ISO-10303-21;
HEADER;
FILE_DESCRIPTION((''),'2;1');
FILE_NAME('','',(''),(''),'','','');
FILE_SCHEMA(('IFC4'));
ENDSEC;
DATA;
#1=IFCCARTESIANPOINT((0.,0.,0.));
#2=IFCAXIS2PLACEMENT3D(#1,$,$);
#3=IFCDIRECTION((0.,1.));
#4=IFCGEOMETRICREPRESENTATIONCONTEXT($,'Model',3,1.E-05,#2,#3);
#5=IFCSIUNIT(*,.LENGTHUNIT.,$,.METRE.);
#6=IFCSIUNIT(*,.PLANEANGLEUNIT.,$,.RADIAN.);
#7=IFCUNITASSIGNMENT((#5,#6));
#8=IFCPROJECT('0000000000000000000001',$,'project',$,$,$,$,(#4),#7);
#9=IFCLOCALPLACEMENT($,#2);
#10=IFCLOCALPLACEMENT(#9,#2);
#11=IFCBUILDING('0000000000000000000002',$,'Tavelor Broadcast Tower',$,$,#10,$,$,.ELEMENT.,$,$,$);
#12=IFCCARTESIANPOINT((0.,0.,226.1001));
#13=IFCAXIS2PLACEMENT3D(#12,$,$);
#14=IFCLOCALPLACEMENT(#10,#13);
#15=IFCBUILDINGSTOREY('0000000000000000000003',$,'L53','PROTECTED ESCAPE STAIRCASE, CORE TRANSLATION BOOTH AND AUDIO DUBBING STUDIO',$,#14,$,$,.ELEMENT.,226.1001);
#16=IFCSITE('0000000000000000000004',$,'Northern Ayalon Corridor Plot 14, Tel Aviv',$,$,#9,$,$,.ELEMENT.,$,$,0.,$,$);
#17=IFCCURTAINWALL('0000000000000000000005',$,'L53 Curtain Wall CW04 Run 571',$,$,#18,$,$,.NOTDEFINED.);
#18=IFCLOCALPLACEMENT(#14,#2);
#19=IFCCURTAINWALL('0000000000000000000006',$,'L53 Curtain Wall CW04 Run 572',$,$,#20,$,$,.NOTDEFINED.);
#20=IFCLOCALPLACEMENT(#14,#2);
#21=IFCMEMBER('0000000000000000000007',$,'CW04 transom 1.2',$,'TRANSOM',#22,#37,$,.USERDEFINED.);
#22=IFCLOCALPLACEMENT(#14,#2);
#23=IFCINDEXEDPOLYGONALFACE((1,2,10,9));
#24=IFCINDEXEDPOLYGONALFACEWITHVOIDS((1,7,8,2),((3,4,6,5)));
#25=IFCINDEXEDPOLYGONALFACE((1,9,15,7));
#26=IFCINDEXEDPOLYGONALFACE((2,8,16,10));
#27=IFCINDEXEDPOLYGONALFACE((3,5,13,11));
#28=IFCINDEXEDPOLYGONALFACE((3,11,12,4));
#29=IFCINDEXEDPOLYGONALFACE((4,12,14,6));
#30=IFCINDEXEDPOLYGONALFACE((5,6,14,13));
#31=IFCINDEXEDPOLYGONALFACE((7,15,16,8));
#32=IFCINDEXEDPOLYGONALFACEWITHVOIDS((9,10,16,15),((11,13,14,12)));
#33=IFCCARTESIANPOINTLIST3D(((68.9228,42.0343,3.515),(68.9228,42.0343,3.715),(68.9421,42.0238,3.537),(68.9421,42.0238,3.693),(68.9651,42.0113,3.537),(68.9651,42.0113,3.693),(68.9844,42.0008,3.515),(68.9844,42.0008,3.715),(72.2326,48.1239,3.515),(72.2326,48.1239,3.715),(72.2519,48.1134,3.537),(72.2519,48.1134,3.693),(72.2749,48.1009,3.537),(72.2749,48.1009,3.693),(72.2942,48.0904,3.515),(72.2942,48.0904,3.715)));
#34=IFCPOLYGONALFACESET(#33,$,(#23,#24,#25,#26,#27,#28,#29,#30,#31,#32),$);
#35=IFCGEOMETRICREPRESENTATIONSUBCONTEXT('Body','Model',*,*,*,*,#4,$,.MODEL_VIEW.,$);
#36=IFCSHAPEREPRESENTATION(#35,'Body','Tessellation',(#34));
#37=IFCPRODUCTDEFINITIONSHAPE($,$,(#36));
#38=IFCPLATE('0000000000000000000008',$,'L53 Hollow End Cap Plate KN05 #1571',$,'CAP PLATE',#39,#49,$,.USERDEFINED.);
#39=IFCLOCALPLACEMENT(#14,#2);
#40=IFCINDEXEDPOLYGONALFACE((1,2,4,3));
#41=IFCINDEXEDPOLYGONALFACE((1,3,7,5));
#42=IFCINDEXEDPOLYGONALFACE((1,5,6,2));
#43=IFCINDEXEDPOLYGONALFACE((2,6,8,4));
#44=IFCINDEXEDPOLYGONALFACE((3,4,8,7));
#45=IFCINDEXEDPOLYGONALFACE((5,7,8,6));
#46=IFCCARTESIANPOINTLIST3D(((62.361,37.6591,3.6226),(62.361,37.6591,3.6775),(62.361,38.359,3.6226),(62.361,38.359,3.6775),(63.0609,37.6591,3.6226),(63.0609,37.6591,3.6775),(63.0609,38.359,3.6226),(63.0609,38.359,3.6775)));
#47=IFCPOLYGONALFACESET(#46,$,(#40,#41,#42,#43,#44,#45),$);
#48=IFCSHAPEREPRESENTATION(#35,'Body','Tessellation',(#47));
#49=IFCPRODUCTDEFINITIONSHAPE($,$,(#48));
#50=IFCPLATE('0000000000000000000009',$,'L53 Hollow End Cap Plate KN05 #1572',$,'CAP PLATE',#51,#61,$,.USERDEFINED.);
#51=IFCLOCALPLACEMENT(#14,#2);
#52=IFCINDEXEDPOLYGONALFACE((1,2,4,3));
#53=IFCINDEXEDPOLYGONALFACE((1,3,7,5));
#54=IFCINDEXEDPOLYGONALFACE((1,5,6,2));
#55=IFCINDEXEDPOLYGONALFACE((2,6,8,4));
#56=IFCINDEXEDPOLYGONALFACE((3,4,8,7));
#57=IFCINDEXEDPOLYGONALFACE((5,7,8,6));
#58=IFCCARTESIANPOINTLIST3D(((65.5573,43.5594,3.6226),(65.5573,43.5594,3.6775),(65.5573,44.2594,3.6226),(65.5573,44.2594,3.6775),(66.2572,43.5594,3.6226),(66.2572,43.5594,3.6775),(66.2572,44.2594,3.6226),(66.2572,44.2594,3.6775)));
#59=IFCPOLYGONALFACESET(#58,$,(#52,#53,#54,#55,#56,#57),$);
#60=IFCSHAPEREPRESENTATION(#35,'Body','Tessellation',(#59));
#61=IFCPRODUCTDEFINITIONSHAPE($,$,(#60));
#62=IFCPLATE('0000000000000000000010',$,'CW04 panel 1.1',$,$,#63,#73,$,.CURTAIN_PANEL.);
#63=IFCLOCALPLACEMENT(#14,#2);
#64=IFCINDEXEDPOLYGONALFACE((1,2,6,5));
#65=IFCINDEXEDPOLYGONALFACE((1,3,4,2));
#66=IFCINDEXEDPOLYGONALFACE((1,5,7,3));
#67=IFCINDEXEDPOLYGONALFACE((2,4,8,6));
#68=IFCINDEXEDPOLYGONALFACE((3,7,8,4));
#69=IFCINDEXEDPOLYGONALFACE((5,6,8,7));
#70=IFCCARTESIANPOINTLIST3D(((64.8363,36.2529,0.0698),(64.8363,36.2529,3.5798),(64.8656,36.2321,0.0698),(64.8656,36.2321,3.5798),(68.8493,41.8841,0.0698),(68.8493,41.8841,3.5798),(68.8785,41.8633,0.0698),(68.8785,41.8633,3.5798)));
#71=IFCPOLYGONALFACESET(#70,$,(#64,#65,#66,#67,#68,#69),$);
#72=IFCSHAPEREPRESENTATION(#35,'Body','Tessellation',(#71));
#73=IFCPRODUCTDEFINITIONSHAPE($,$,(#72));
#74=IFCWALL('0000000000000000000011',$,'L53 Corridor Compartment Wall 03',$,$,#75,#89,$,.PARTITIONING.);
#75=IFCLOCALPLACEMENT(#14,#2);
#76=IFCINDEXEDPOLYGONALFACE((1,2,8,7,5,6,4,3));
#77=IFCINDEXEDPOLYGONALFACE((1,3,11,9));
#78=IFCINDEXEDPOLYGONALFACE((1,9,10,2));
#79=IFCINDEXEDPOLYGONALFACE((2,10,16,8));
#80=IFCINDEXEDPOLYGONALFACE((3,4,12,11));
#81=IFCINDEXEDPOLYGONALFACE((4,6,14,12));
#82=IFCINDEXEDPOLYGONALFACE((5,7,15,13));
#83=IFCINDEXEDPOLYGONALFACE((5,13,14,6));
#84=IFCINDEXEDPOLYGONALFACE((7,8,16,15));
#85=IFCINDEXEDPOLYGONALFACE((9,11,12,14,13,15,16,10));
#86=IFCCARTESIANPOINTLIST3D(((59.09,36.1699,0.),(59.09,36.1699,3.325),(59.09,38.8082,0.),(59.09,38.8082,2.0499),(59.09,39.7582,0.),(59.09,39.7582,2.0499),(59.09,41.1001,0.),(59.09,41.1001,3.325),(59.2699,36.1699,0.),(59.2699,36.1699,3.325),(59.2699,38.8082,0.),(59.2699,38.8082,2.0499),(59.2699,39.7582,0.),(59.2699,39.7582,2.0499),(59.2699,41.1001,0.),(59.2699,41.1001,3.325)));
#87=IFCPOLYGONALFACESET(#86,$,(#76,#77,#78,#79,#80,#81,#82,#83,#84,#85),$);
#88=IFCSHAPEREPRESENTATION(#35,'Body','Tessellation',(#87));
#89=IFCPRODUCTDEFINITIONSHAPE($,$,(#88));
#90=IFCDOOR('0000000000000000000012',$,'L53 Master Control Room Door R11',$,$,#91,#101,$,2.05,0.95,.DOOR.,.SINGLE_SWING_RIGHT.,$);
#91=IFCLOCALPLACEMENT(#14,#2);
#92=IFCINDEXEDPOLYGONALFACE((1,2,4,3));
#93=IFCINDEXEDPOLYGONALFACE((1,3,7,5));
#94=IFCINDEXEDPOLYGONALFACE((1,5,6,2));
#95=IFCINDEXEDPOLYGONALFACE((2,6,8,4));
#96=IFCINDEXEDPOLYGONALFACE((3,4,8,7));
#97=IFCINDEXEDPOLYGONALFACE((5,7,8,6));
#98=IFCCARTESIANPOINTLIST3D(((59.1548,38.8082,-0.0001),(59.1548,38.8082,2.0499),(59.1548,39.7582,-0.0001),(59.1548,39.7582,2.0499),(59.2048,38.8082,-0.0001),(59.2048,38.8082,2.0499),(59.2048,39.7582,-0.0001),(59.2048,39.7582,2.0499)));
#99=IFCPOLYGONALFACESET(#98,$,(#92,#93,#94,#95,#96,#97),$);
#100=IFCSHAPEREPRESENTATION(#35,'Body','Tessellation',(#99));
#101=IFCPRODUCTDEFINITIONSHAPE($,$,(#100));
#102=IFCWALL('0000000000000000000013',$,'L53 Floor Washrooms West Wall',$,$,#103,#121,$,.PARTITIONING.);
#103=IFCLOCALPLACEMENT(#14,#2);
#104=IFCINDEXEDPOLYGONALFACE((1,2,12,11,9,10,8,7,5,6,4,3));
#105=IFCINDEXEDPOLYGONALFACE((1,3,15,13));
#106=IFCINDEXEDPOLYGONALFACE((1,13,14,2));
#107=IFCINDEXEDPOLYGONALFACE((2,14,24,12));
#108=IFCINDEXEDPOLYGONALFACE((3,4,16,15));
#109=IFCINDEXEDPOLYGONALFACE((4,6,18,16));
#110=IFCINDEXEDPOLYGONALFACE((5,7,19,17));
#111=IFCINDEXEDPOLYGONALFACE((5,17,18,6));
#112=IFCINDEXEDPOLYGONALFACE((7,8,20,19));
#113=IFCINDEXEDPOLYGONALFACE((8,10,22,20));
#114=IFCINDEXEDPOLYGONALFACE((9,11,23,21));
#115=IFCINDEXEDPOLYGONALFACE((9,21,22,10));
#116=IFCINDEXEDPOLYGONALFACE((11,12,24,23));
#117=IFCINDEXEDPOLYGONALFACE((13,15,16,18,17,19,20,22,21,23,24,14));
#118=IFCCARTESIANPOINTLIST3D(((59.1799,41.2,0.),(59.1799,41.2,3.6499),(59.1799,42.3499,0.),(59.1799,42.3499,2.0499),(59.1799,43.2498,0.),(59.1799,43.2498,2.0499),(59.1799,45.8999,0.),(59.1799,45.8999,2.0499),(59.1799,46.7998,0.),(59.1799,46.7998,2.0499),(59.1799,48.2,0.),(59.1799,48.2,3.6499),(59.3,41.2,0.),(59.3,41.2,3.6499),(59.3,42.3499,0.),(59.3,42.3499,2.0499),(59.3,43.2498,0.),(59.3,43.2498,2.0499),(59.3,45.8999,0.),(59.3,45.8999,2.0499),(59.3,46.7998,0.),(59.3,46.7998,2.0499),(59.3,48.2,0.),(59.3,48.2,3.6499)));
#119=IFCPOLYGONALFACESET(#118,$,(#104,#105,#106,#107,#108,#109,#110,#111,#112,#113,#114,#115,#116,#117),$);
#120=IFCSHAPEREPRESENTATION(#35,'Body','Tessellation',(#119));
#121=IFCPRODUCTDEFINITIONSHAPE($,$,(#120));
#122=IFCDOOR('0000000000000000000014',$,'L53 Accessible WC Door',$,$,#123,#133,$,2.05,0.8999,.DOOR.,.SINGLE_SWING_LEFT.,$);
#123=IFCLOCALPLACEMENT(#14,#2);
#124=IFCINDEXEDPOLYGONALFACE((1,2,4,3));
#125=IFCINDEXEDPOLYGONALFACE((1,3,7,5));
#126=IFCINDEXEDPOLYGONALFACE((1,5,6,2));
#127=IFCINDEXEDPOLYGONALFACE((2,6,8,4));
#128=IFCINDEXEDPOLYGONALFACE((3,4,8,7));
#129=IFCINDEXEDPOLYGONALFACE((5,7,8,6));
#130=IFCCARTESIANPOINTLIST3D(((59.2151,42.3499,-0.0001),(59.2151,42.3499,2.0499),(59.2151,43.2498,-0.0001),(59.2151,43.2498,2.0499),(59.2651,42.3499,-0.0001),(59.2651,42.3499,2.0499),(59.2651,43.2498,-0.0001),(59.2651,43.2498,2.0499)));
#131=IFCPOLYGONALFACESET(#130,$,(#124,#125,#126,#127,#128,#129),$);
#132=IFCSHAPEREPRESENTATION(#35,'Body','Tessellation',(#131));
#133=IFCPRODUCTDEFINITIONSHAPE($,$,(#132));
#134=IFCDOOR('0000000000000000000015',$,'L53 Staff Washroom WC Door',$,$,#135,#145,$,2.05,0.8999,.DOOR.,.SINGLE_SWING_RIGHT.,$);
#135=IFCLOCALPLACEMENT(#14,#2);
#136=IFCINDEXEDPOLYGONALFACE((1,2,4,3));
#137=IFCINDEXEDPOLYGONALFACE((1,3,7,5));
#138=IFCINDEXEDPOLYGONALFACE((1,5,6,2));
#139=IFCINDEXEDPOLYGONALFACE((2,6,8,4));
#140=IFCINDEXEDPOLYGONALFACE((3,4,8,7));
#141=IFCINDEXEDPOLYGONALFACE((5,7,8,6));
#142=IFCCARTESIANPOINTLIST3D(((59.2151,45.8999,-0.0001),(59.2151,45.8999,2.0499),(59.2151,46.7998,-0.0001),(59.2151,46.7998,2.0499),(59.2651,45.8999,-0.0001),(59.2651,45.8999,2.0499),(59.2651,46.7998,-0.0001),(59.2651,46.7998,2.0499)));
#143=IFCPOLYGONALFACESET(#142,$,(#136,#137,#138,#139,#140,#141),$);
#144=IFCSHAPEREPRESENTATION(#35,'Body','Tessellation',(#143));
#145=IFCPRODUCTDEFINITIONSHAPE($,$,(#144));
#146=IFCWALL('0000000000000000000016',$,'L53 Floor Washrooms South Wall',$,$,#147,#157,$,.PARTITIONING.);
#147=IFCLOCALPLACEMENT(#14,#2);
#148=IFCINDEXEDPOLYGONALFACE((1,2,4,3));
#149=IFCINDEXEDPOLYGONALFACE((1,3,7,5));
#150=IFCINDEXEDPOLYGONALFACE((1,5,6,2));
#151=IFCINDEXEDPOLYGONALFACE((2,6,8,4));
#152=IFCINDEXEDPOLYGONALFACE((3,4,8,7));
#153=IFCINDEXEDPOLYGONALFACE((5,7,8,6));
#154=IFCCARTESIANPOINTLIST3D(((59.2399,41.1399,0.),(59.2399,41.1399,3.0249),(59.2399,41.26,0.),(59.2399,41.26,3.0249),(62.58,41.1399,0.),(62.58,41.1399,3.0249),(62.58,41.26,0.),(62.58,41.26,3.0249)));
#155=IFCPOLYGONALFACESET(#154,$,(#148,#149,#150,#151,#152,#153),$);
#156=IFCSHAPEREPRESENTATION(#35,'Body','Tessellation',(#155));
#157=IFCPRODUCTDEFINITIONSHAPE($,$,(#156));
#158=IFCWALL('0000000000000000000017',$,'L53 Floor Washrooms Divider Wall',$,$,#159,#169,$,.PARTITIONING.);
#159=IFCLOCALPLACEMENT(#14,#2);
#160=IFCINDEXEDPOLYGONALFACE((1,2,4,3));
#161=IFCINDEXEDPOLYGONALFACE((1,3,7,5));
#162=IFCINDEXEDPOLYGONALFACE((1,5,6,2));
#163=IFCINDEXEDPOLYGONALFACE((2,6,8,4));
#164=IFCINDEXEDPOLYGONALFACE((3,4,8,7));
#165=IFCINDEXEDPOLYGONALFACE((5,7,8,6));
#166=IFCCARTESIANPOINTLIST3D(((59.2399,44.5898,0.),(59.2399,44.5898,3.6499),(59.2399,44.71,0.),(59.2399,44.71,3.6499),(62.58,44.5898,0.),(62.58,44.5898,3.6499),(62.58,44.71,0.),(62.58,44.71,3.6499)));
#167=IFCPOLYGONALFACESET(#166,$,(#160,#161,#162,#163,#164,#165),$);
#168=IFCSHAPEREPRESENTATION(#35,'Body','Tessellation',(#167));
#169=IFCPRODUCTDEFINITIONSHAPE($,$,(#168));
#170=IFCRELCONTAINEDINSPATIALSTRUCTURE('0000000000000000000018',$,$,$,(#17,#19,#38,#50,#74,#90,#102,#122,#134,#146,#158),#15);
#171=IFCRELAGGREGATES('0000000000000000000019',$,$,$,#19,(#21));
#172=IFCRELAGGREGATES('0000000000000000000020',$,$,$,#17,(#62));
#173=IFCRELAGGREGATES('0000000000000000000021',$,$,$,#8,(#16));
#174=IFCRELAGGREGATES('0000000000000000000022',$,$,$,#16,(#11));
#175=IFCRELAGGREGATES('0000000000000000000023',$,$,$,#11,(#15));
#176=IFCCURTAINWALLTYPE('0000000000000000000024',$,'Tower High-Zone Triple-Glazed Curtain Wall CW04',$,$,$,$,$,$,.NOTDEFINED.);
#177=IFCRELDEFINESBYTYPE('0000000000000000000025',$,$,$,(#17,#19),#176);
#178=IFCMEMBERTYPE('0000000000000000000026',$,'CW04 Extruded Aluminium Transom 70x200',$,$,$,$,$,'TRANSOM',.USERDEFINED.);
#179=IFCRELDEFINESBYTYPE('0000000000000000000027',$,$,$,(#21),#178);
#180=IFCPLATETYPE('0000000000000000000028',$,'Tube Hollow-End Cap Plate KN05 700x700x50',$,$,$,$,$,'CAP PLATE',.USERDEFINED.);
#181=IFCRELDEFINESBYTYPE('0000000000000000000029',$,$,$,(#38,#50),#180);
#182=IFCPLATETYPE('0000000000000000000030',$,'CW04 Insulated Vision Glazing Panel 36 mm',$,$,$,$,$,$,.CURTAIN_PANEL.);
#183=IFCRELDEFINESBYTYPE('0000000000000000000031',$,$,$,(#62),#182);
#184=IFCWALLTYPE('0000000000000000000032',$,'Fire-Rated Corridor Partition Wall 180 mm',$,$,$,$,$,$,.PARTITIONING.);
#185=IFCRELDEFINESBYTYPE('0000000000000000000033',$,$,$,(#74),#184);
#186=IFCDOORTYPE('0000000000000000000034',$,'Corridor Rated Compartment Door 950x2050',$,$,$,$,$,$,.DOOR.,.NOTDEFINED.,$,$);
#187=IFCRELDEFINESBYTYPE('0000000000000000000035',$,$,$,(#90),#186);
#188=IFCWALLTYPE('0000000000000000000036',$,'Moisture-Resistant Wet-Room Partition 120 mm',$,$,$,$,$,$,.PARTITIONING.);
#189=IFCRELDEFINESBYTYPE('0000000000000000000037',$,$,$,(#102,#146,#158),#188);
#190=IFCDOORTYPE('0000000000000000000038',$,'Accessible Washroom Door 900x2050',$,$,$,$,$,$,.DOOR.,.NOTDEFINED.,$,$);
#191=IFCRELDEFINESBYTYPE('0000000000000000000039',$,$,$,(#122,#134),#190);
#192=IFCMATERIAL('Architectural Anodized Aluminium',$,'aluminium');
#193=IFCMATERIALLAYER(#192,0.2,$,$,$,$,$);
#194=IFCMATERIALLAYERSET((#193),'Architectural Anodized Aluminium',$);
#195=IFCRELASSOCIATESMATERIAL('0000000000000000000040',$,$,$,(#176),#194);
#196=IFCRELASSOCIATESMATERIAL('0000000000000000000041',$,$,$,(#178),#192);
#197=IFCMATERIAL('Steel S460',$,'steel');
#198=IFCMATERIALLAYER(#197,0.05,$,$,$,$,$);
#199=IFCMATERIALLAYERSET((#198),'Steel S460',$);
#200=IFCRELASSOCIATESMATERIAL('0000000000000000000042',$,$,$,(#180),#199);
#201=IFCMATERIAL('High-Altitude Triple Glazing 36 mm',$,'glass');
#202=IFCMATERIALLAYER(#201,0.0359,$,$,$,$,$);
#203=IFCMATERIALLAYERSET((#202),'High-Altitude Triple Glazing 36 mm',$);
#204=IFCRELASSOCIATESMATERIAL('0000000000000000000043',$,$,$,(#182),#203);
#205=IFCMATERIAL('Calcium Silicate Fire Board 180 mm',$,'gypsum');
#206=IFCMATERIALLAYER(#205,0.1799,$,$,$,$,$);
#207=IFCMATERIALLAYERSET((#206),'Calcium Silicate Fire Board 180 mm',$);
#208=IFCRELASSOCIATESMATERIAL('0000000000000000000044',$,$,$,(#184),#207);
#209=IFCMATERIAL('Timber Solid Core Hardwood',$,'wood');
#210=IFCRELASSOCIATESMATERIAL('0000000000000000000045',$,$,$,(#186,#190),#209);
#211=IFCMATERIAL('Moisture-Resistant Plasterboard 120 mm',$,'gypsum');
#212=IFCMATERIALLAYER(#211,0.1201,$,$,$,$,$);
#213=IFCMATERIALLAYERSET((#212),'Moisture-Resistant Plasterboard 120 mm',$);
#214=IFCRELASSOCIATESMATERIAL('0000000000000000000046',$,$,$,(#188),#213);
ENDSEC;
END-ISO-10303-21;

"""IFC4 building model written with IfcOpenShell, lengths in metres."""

from ifc_helpers import new_model, si_unit, direction, frame, frame_2d, origin, origin_2d, place, context, subcontext, project, spatial, rectangle, hollow_rectangle, extrude, source, transform, mapped, material, layer, layer_set, material_profile, profile_set, type_object, type_shapes, element, fill, aggregate, save


model = new_model("IFC4")

# Units and contexts
model_context = context("Model", 3, precision=1e-05, world=origin(), true_north=direction((0.0, 1.0)))
body_context = subcontext(model_context, "Body", "Model", "MODEL_VIEW")
ifc_project = project(units=[si_unit("LENGTHUNIT", "METRE"), si_unit("PLANEANGLEUNIT", "RADIAN")], contexts=[model_context])

# Site, building, storey
site_placement = place(None, origin())
site = spatial("IfcSite", under=ifc_project, at=site_placement, Name="Northern Ayalon Corridor Plot 14, Tel Aviv", CompositionType="ELEMENT", RefElevation=0.0)
building_placement = place(site_placement, origin())
building = spatial("IfcBuilding", under=site, at=building_placement, Name="Tavelor Broadcast Tower", CompositionType="ELEMENT")
storey_placement = place(building_placement, frame((0.0, 0.0, 226.1001)))
storey = spatial("IfcBuildingStorey", under=building, at=storey_placement, Name="L53", Description="PROTECTED ESCAPE STAIRCASE, CORE TRANSLATION BOOTH AND AUDIO DUBBING STUDIO", CompositionType="ELEMENT", Elevation=226.1001)

# Shared definitions
ifc_material_1 = material(Name="Steel S460", Category="steel")

# Curtain wall
ifc_material_2 = material(Name="Architectural Anodized Aluminium", Category="aluminium")
ifc_layer_1 = layer(ifc_material_2, 0.2)
ifc_layer_set_1 = layer_set([ifc_layer_1], Name="Architectural Anodized Aluminium")
curtain_wall_type = type_object("IfcCurtainWallType", Name="Tower High-Zone Triple-Glazed Curtain Wall CW04", PredefinedType="NOTDEFINED", material=ifc_layer_set_1)
curtain_wall_1_placement = place(storey_placement, origin())
curtain_wall_1 = element("IfcCurtainWall", 1, at=curtain_wall_1_placement, inside=storey, type_object=curtain_wall_type, Name="L53 Curtain Wall CW04 Run 571", PredefinedType="NOTDEFINED")

# Curtain wall, member
curtain_wall_2_placement = place(storey_placement, origin())
curtain_wall_2 = element("IfcCurtainWall", 2, at=curtain_wall_2_placement, inside=storey, type_object=curtain_wall_type, Name="L53 Curtain Wall CW04 Run 572", PredefinedType="NOTDEFINED")
ifc_material_profile_1 = material_profile(ifc_material_2, hollow_rectangle(XDim=0.0701, YDim=0.2, WallThickness=0.022, at=origin_2d()), Name="RHS 70x200x22")
ifc_profile_set_1 = profile_set([ifc_material_profile_1], Name="Architectural Anodized Aluminium")
member_type_1 = type_object("IfcMemberType", Name="CW04 Extruded Aluminium Transom 70x200", ElementType="TRANSOM", PredefinedType="USERDEFINED", material=ifc_profile_set_1)
shared_shape_1 = source(origin(), body_context, "Body", "SweptSolid", [
    extrude(hollow_rectangle(XDim=0.0701, YDim=0.2, WallThickness=0.022, at=origin_2d()), origin(), (0.0, 0.0, 1.0), 6.9309),
])
type_shapes(member_type_1, [shared_shape_1])
member_1_placement = place(storey_placement, frame((68.9536, 42.0176, 3.615), z_axis=(0.477541, 0.878609, 0.0), x_axis=(-0.878609, 0.477541, 0.0)))
member_1 = element("IfcMember", 3, at=member_1_placement, type_object=member_type_1, Name="CW04 transom 1.2", ObjectType="TRANSOM", PredefinedType="USERDEFINED", context=body_context, shape_type="MappedRepresentation", body=[
    mapped(shared_shape_1, transform((0.0, 0.0, 0.0), scale=1.0)),
])
aggregate(curtain_wall_2, [member_1])

# Plates
ifc_layer_2 = layer(ifc_material_1, 0.05)
ifc_layer_set_2 = layer_set([ifc_layer_2], Name="Steel S460")
plate_type_1 = type_object("IfcPlateType", Name="Tube Hollow-End Cap Plate KN05 700x700x50", ElementType="CAP PLATE", PredefinedType="USERDEFINED", material=ifc_layer_set_2)
shared_shape_2 = source(origin(), body_context, "Body", "SweptSolid", [
    extrude(rectangle(XDim=0.7, YDim=0.7, at=origin_2d()), origin(), (0.0, 0.0, 1.0), 0.0549),
])
type_shapes(plate_type_1, [shared_shape_2])
for number, where, z_axis, x_axis, name in (
    (4, (62.7109, 38.009, 3.6226), (0.0, 0.0, 1.0), (1.0, 0.0, 0.0), "L53 Hollow End Cap Plate KN05 #1571"),
    (5, (65.9072, 43.9094, 3.6226), (0.0, 0.0, 1.0), (1.0, 0.0, 0.0), "L53 Hollow End Cap Plate KN05 #1572"),
):
    element("IfcPlate", number, at=place(storey_placement, frame(where, z_axis=z_axis, x_axis=x_axis)), inside=storey, type_object=plate_type_1, Name=name, ObjectType="CAP PLATE", PredefinedType="USERDEFINED", context=body_context, shape_type="MappedRepresentation", body=[
        mapped(shared_shape_2, transform((0.0, 0.0, 0.0), scale=1.0)),
    ])

# Plate
ifc_material_3 = material(Name="High-Altitude Triple Glazing 36 mm", Category="glass")
ifc_layer_3 = layer(ifc_material_3, 0.0359)
ifc_layer_set_3 = layer_set([ifc_layer_3], Name="High-Altitude Triple Glazing 36 mm")
plate_type_2 = type_object("IfcPlateType", Name="CW04 Insulated Vision Glazing Panel 36 mm", PredefinedType="CURTAIN_PANEL", material=ifc_layer_set_3)
shared_shape_3 = source(origin(), body_context, "Body", "SweptSolid", [
    extrude(rectangle(XDim=6.9148, YDim=0.0359, at=origin_2d()), origin(), (0.0, 0.0, 1.0), 3.51),
])
type_shapes(plate_type_2, [shared_shape_3])
plate_placement = place(storey_placement, frame((66.8574, 39.0581, 0.0698), z_axis=(0.0, 0.0, 1.0), x_axis=(0.580338, 0.814376, 0.0)))
plate = element("IfcPlate", 6, at=plate_placement, type_object=plate_type_2, Name="CW04 panel 1.1", PredefinedType="CURTAIN_PANEL", context=body_context, shape_type="MappedRepresentation", body=[
    mapped(shared_shape_3, transform((0.0, 0.0, 0.0), scale=1.0)),
])
aggregate(curtain_wall_1, [plate])

# Wall, opening, door
ifc_material_4 = material(Name="Calcium Silicate Fire Board 180 mm", Category="gypsum")
ifc_layer_4 = layer(ifc_material_4, 0.1799)
ifc_layer_set_4 = layer_set([ifc_layer_4], Name="Calcium Silicate Fire Board 180 mm")
wall_type_1 = type_object("IfcWallType", Name="Fire-Rated Corridor Partition Wall 180 mm", PredefinedType="PARTITIONING", material=ifc_layer_set_4)
wall_1_placement = place(storey_placement, frame((59.1799, 41.1001, 0.0), z_axis=(0.0, 0.0, 1.0), x_axis=(0.0, -1.0, 0.0)))
wall_1 = element("IfcWall", 7, at=wall_1_placement, inside=storey, type_object=wall_type_1, Name="L53 Corridor Compartment Wall 03", PredefinedType="PARTITIONING", context=body_context, shape_type="SweptSolid", body=[
    extrude(rectangle(XDim=4.9302, YDim=0.1799, at=frame_2d((2.4651, 0.0))), origin(), (0.0, 0.0, 1.0), 3.325),
])
opening_1_placement = place(wall_1_placement, frame((1.3418, 0.0, 0.0)))
opening_1 = element("IfcOpeningElement", 8, at=opening_1_placement, cuts=wall_1, PredefinedType="OPENING", context=body_context, shape_type="SweptSolid", body=[
    extrude(rectangle(XDim=0.95, YDim=2.05, at=frame_2d((0.4751, 1.0249))), frame((0.0, 0.1001, 0.0), z_axis=(0.0, -1.0, 0.0), x_axis=(1.0, 0.0, 0.0)), (0.0, 0.0, 1.0), 0.2),
])
ifc_material_5 = material(Name="Timber Solid Core Hardwood", Category="wood")
door_type_1 = type_object("IfcDoorType", Name="Corridor Rated Compartment Door 950x2050", OperationType="NOTDEFINED", PredefinedType="DOOR", material=ifc_material_5)
door_1_placement = place(opening_1_placement, origin())
door_1 = element("IfcDoor", 9, at=door_1_placement, inside=storey, type_object=door_type_1, Name="L53 Master Control Room Door R11", OperationType="SINGLE_SWING_RIGHT", OverallHeight=2.05, OverallWidth=0.95, PredefinedType="DOOR", context=body_context, shape_type="SweptSolid", body=[
    extrude(rectangle(XDim=0.95, YDim=2.05, at=frame_2d((0.4751, 1.0249))), frame((0.0, 0.0249, 0.0), z_axis=(0.0, -1.0, 0.0), x_axis=(1.0, 0.0, 0.0)), (0.0, 0.0, 1.0), 0.05),
])
fill(opening_1, door_1)

# Wall, openings, doors
ifc_material_6 = material(Name="Moisture-Resistant Plasterboard 120 mm", Category="gypsum")
ifc_layer_5 = layer(ifc_material_6, 0.1201)
ifc_layer_set_5 = layer_set([ifc_layer_5], Name="Moisture-Resistant Plasterboard 120 mm")
wall_type_2 = type_object("IfcWallType", Name="Moisture-Resistant Wet-Room Partition 120 mm", PredefinedType="PARTITIONING", material=ifc_layer_set_5)
wall_2_placement = place(storey_placement, frame((59.24, 41.2, 0.0), z_axis=(0.0, 0.0, 1.0), x_axis=(0.0, 1.0, 0.0)))
wall_2 = element("IfcWall", 10, at=wall_2_placement, inside=storey, type_object=wall_type_2, Name="L53 Floor Washrooms West Wall", PredefinedType="PARTITIONING", context=body_context, shape_type="SweptSolid", body=[
    extrude(rectangle(XDim=7.0, YDim=0.1201, at=frame_2d((3.5, 0.0))), origin(), (0.0, 0.0, 1.0), 3.6499),
])
opening_2_placement = place(wall_2_placement, frame((1.1499, 0.0, 0.0)))
opening_2 = element("IfcOpeningElement", 11, at=opening_2_placement, cuts=wall_2, PredefinedType="OPENING", context=body_context, shape_type="SweptSolid", body=[
    extrude(rectangle(XDim=0.8999, YDim=2.05, at=frame_2d((0.45, 1.0249))), frame((0.0, 0.0701, 0.0), z_axis=(0.0, -1.0, 0.0), x_axis=(1.0, 0.0, 0.0)), (0.0, 0.0, 1.0), 0.1401),
])
opening_3_placement = place(wall_2_placement, frame((4.7, 0.0, 0.0)))
opening_3 = element("IfcOpeningElement", 12, at=opening_3_placement, cuts=wall_2, PredefinedType="OPENING", context=body_context, shape_type="SweptSolid", body=[
    extrude(rectangle(XDim=0.8999, YDim=2.05, at=frame_2d((0.45, 1.0249))), frame((0.0, 0.0701, 0.0), z_axis=(0.0, -1.0, 0.0), x_axis=(1.0, 0.0, 0.0)), (0.0, 0.0, 1.0), 0.1401),
])
door_type_2 = type_object("IfcDoorType", Name="Accessible Washroom Door 900x2050", OperationType="NOTDEFINED", PredefinedType="DOOR", material=ifc_material_5)
door_2_placement = place(opening_2_placement, origin())
door_2 = element("IfcDoor", 13, at=door_2_placement, inside=storey, type_object=door_type_2, Name="L53 Accessible WC Door", OperationType="SINGLE_SWING_LEFT", OverallHeight=2.05, OverallWidth=0.8999, PredefinedType="DOOR", context=body_context, shape_type="SweptSolid", body=[
    extrude(rectangle(XDim=0.8999, YDim=2.05, at=frame_2d((0.45, 1.0249))), frame((0.0, 0.0249, 0.0), z_axis=(0.0, -1.0, 0.0), x_axis=(1.0, 0.0, 0.0)), (0.0, 0.0, 1.0), 0.05),
])
fill(opening_2, door_2)
door_3_placement = place(opening_3_placement, origin())
door_3 = element("IfcDoor", 14, at=door_3_placement, inside=storey, type_object=door_type_2, Name="L53 Staff Washroom WC Door", OperationType="SINGLE_SWING_RIGHT", OverallHeight=2.05, OverallWidth=0.8999, PredefinedType="DOOR", context=body_context, shape_type="SweptSolid", body=[
    extrude(rectangle(XDim=0.8999, YDim=2.05, at=frame_2d((0.45, 1.0249))), frame((0.0, 0.0249, 0.0), z_axis=(0.0, -1.0, 0.0), x_axis=(1.0, 0.0, 0.0)), (0.0, 0.0, 1.0), 0.05),
])
fill(opening_3, door_3)

# Walls
wall_3_placement = place(storey_placement, frame((59.24, 41.2, 0.0), z_axis=(0.0, 0.0, 1.0), x_axis=(1.0, 0.0, 0.0)))
element("IfcWall", 15, at=wall_3_placement, inside=storey, type_object=wall_type_2, Name="L53 Floor Washrooms South Wall", PredefinedType="PARTITIONING", context=body_context, shape_type="SweptSolid", body=[
    extrude(rectangle(XDim=3.3401, YDim=0.1201, at=frame_2d((1.6699, 0.0))), origin(), (0.0, 0.0, 1.0), 3.0249),
])
wall_4_placement = place(storey_placement, frame((59.24, 44.6499, 0.0), z_axis=(0.0, 0.0, 1.0), x_axis=(1.0, 0.0, 0.0)))
element("IfcWall", 16, at=wall_4_placement, inside=storey, type_object=wall_type_2, Name="L53 Floor Washrooms Divider Wall", PredefinedType="PARTITIONING", context=body_context, shape_type="SweptSolid", body=[
    extrude(rectangle(XDim=3.3401, YDim=0.1201, at=frame_2d((1.6699, 0.0))), origin(), (0.0, 0.0, 1.0), 3.6499),
])

save(model, "model.ifc")
